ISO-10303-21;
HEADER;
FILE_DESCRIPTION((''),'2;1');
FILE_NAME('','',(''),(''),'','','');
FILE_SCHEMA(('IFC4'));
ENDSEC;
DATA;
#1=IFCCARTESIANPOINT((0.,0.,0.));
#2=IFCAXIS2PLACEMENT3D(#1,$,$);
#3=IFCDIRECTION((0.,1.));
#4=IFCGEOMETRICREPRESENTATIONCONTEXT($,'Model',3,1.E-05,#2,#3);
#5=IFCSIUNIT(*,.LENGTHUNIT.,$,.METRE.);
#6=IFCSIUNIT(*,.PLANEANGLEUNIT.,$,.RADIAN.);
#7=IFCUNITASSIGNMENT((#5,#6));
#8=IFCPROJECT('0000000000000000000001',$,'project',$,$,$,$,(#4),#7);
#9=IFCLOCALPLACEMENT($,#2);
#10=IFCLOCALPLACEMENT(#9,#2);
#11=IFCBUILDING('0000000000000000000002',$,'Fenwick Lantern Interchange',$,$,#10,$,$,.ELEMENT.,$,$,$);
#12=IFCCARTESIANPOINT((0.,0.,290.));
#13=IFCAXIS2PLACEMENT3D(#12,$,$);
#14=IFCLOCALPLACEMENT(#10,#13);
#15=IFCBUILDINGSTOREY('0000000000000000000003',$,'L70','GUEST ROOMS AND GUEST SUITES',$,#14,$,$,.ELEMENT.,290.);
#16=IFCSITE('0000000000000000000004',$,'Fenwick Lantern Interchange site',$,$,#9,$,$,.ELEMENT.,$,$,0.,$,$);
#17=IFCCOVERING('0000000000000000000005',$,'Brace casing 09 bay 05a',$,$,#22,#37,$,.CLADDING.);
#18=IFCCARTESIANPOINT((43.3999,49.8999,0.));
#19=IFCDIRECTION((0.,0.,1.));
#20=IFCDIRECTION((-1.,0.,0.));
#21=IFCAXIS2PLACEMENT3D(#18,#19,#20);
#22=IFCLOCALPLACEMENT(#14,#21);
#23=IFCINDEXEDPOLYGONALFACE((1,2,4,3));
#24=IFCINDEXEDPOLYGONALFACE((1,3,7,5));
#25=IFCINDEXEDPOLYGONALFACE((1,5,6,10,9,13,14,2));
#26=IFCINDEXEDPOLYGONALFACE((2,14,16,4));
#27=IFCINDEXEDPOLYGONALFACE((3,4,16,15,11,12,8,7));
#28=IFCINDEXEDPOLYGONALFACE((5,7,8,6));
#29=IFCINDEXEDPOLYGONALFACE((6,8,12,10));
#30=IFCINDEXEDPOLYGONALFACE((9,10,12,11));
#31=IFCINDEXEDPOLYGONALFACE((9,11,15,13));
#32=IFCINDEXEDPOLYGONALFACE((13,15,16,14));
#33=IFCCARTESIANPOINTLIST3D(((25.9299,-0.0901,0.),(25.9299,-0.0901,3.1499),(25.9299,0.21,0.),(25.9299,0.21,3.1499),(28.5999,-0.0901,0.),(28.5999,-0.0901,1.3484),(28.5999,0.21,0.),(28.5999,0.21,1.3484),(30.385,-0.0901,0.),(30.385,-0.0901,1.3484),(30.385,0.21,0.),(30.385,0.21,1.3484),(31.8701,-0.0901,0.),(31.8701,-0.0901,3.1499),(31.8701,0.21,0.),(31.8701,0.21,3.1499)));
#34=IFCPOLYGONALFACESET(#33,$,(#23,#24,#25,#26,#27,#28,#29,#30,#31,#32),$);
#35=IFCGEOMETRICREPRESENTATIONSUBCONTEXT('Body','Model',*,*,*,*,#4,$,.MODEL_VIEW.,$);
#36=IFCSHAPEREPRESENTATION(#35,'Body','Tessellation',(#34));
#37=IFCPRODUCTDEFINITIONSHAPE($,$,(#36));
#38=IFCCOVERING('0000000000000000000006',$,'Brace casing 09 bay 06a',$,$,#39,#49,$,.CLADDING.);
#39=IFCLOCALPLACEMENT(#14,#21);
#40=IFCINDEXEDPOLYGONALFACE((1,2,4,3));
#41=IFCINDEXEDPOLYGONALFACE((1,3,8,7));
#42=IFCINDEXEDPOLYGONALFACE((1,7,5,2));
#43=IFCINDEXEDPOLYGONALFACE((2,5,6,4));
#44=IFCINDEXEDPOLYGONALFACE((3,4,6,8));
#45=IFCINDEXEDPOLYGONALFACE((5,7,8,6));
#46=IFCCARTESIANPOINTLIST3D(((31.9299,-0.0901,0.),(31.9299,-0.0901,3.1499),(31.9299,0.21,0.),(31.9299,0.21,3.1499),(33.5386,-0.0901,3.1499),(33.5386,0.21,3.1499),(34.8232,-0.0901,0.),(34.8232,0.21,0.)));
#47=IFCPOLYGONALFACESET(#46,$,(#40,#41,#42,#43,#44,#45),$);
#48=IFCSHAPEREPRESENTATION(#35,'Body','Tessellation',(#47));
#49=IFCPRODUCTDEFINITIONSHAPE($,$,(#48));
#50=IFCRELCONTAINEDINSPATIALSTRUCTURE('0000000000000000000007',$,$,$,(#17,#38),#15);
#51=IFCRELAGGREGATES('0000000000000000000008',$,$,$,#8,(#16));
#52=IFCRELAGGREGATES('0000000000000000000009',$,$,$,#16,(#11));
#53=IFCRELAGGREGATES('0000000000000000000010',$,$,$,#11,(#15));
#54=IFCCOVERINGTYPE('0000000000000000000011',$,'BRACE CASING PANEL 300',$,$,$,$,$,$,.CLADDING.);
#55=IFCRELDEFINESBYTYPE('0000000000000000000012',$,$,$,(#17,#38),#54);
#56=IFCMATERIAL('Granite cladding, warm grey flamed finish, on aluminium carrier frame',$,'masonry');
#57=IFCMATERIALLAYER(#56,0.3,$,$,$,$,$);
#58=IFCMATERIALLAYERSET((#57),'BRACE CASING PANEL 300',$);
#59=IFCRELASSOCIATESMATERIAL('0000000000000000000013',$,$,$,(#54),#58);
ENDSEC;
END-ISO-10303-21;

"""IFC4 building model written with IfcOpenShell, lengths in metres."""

from ifc_helpers import new_model, si_unit, direction, frame, origin, place, context, subcontext, project, spatial, polyline, outline, extrude, material, layer, layer_set, type_object, element, save


model = new_model("IFC4")

# Units and contexts
model_context = context("Model", 3, precision=1e-05, world=origin(), true_north=direction((0.0, 1.0)))
body_context = subcontext(model_context, "Body", "Model", "MODEL_VIEW")
ifc_project = project(units=[si_unit("LENGTHUNIT", "METRE"), si_unit("PLANEANGLEUNIT", "RADIAN")], contexts=[model_context])

# Site, building, storey
site_placement = place(None, origin())
site = spatial("IfcSite", under=ifc_project, at=site_placement, Name="Fenwick Lantern Interchange site", CompositionType="ELEMENT", RefElevation=0.0)
building_placement = place(site_placement, origin())
building = spatial("IfcBuilding", under=site, at=building_placement, Name="Fenwick Lantern Interchange", CompositionType="ELEMENT")
storey_placement = place(building_placement, frame((0.0, 0.0, 290.0)))
storey = spatial("IfcBuildingStorey", under=building, at=storey_placement, Name="L70", Description="GUEST ROOMS AND GUEST SUITES", CompositionType="ELEMENT", Elevation=290.0)

# Coverings
ifc_material_1 = material(Name="Granite cladding, warm grey flamed finish, on aluminium carrier frame", Category="masonry")
ifc_layer_1 = layer(ifc_material_1, 0.3)
ifc_layer_set_1 = layer_set([ifc_layer_1], Name="BRACE CASING PANEL 300")
covering_type = type_object("IfcCoveringType", Name="BRACE CASING PANEL 300", PredefinedType="CLADDING", material=ifc_layer_set_1)
covering_1_placement = place(storey_placement, frame((43.3999, 49.8999, 0.0), z_axis=(0.0, 0.0, 1.0), x_axis=(-1.0, 0.0, 0.0)))
element("IfcCovering", 1, at=covering_1_placement, inside=storey, type_object=covering_type, Name="Brace casing 09 bay 05a", PredefinedType="CLADDING", context=body_context, shape_type="SweptSolid", body=[
    extrude(outline(polyline([(25.9299, 0.0), (28.5999, 0.0), (28.5999, 1.3484), (30.385, 1.3484), (30.385, 0.0), (31.8701, 0.0), (31.8701, 3.1499), (25.9299, 3.1499), (25.9299, 0.0)])), frame((0.0, 0.21, 0.0), z_axis=(0.0, -1.0, 0.0), x_axis=(1.0, 0.0, 0.0)), (0.0, 0.0, 1.0), 0.3),
])
covering_2_placement = place(storey_placement, frame((43.3999, 49.8999, 0.0), z_axis=(0.0, 0.0, 1.0), x_axis=(-1.0, 0.0, 0.0)))
element("IfcCovering", 2, at=covering_2_placement, inside=storey, type_object=covering_type, Name="Brace casing 09 bay 06a", PredefinedType="CLADDING", context=body_context, shape_type="SweptSolid", body=[
    extrude(outline(polyline([(31.9299, 0.0), (34.8232, 0.0), (33.5386, 3.1499), (31.9299, 3.1499), (31.9299, 0.0)])), frame((0.0, 0.21, 0.0), z_axis=(0.0, -1.0, 0.0), x_axis=(1.0, 0.0, 0.0)), (0.0, 0.0, 1.0), 0.3),
])

save(model, "model.ifc")
